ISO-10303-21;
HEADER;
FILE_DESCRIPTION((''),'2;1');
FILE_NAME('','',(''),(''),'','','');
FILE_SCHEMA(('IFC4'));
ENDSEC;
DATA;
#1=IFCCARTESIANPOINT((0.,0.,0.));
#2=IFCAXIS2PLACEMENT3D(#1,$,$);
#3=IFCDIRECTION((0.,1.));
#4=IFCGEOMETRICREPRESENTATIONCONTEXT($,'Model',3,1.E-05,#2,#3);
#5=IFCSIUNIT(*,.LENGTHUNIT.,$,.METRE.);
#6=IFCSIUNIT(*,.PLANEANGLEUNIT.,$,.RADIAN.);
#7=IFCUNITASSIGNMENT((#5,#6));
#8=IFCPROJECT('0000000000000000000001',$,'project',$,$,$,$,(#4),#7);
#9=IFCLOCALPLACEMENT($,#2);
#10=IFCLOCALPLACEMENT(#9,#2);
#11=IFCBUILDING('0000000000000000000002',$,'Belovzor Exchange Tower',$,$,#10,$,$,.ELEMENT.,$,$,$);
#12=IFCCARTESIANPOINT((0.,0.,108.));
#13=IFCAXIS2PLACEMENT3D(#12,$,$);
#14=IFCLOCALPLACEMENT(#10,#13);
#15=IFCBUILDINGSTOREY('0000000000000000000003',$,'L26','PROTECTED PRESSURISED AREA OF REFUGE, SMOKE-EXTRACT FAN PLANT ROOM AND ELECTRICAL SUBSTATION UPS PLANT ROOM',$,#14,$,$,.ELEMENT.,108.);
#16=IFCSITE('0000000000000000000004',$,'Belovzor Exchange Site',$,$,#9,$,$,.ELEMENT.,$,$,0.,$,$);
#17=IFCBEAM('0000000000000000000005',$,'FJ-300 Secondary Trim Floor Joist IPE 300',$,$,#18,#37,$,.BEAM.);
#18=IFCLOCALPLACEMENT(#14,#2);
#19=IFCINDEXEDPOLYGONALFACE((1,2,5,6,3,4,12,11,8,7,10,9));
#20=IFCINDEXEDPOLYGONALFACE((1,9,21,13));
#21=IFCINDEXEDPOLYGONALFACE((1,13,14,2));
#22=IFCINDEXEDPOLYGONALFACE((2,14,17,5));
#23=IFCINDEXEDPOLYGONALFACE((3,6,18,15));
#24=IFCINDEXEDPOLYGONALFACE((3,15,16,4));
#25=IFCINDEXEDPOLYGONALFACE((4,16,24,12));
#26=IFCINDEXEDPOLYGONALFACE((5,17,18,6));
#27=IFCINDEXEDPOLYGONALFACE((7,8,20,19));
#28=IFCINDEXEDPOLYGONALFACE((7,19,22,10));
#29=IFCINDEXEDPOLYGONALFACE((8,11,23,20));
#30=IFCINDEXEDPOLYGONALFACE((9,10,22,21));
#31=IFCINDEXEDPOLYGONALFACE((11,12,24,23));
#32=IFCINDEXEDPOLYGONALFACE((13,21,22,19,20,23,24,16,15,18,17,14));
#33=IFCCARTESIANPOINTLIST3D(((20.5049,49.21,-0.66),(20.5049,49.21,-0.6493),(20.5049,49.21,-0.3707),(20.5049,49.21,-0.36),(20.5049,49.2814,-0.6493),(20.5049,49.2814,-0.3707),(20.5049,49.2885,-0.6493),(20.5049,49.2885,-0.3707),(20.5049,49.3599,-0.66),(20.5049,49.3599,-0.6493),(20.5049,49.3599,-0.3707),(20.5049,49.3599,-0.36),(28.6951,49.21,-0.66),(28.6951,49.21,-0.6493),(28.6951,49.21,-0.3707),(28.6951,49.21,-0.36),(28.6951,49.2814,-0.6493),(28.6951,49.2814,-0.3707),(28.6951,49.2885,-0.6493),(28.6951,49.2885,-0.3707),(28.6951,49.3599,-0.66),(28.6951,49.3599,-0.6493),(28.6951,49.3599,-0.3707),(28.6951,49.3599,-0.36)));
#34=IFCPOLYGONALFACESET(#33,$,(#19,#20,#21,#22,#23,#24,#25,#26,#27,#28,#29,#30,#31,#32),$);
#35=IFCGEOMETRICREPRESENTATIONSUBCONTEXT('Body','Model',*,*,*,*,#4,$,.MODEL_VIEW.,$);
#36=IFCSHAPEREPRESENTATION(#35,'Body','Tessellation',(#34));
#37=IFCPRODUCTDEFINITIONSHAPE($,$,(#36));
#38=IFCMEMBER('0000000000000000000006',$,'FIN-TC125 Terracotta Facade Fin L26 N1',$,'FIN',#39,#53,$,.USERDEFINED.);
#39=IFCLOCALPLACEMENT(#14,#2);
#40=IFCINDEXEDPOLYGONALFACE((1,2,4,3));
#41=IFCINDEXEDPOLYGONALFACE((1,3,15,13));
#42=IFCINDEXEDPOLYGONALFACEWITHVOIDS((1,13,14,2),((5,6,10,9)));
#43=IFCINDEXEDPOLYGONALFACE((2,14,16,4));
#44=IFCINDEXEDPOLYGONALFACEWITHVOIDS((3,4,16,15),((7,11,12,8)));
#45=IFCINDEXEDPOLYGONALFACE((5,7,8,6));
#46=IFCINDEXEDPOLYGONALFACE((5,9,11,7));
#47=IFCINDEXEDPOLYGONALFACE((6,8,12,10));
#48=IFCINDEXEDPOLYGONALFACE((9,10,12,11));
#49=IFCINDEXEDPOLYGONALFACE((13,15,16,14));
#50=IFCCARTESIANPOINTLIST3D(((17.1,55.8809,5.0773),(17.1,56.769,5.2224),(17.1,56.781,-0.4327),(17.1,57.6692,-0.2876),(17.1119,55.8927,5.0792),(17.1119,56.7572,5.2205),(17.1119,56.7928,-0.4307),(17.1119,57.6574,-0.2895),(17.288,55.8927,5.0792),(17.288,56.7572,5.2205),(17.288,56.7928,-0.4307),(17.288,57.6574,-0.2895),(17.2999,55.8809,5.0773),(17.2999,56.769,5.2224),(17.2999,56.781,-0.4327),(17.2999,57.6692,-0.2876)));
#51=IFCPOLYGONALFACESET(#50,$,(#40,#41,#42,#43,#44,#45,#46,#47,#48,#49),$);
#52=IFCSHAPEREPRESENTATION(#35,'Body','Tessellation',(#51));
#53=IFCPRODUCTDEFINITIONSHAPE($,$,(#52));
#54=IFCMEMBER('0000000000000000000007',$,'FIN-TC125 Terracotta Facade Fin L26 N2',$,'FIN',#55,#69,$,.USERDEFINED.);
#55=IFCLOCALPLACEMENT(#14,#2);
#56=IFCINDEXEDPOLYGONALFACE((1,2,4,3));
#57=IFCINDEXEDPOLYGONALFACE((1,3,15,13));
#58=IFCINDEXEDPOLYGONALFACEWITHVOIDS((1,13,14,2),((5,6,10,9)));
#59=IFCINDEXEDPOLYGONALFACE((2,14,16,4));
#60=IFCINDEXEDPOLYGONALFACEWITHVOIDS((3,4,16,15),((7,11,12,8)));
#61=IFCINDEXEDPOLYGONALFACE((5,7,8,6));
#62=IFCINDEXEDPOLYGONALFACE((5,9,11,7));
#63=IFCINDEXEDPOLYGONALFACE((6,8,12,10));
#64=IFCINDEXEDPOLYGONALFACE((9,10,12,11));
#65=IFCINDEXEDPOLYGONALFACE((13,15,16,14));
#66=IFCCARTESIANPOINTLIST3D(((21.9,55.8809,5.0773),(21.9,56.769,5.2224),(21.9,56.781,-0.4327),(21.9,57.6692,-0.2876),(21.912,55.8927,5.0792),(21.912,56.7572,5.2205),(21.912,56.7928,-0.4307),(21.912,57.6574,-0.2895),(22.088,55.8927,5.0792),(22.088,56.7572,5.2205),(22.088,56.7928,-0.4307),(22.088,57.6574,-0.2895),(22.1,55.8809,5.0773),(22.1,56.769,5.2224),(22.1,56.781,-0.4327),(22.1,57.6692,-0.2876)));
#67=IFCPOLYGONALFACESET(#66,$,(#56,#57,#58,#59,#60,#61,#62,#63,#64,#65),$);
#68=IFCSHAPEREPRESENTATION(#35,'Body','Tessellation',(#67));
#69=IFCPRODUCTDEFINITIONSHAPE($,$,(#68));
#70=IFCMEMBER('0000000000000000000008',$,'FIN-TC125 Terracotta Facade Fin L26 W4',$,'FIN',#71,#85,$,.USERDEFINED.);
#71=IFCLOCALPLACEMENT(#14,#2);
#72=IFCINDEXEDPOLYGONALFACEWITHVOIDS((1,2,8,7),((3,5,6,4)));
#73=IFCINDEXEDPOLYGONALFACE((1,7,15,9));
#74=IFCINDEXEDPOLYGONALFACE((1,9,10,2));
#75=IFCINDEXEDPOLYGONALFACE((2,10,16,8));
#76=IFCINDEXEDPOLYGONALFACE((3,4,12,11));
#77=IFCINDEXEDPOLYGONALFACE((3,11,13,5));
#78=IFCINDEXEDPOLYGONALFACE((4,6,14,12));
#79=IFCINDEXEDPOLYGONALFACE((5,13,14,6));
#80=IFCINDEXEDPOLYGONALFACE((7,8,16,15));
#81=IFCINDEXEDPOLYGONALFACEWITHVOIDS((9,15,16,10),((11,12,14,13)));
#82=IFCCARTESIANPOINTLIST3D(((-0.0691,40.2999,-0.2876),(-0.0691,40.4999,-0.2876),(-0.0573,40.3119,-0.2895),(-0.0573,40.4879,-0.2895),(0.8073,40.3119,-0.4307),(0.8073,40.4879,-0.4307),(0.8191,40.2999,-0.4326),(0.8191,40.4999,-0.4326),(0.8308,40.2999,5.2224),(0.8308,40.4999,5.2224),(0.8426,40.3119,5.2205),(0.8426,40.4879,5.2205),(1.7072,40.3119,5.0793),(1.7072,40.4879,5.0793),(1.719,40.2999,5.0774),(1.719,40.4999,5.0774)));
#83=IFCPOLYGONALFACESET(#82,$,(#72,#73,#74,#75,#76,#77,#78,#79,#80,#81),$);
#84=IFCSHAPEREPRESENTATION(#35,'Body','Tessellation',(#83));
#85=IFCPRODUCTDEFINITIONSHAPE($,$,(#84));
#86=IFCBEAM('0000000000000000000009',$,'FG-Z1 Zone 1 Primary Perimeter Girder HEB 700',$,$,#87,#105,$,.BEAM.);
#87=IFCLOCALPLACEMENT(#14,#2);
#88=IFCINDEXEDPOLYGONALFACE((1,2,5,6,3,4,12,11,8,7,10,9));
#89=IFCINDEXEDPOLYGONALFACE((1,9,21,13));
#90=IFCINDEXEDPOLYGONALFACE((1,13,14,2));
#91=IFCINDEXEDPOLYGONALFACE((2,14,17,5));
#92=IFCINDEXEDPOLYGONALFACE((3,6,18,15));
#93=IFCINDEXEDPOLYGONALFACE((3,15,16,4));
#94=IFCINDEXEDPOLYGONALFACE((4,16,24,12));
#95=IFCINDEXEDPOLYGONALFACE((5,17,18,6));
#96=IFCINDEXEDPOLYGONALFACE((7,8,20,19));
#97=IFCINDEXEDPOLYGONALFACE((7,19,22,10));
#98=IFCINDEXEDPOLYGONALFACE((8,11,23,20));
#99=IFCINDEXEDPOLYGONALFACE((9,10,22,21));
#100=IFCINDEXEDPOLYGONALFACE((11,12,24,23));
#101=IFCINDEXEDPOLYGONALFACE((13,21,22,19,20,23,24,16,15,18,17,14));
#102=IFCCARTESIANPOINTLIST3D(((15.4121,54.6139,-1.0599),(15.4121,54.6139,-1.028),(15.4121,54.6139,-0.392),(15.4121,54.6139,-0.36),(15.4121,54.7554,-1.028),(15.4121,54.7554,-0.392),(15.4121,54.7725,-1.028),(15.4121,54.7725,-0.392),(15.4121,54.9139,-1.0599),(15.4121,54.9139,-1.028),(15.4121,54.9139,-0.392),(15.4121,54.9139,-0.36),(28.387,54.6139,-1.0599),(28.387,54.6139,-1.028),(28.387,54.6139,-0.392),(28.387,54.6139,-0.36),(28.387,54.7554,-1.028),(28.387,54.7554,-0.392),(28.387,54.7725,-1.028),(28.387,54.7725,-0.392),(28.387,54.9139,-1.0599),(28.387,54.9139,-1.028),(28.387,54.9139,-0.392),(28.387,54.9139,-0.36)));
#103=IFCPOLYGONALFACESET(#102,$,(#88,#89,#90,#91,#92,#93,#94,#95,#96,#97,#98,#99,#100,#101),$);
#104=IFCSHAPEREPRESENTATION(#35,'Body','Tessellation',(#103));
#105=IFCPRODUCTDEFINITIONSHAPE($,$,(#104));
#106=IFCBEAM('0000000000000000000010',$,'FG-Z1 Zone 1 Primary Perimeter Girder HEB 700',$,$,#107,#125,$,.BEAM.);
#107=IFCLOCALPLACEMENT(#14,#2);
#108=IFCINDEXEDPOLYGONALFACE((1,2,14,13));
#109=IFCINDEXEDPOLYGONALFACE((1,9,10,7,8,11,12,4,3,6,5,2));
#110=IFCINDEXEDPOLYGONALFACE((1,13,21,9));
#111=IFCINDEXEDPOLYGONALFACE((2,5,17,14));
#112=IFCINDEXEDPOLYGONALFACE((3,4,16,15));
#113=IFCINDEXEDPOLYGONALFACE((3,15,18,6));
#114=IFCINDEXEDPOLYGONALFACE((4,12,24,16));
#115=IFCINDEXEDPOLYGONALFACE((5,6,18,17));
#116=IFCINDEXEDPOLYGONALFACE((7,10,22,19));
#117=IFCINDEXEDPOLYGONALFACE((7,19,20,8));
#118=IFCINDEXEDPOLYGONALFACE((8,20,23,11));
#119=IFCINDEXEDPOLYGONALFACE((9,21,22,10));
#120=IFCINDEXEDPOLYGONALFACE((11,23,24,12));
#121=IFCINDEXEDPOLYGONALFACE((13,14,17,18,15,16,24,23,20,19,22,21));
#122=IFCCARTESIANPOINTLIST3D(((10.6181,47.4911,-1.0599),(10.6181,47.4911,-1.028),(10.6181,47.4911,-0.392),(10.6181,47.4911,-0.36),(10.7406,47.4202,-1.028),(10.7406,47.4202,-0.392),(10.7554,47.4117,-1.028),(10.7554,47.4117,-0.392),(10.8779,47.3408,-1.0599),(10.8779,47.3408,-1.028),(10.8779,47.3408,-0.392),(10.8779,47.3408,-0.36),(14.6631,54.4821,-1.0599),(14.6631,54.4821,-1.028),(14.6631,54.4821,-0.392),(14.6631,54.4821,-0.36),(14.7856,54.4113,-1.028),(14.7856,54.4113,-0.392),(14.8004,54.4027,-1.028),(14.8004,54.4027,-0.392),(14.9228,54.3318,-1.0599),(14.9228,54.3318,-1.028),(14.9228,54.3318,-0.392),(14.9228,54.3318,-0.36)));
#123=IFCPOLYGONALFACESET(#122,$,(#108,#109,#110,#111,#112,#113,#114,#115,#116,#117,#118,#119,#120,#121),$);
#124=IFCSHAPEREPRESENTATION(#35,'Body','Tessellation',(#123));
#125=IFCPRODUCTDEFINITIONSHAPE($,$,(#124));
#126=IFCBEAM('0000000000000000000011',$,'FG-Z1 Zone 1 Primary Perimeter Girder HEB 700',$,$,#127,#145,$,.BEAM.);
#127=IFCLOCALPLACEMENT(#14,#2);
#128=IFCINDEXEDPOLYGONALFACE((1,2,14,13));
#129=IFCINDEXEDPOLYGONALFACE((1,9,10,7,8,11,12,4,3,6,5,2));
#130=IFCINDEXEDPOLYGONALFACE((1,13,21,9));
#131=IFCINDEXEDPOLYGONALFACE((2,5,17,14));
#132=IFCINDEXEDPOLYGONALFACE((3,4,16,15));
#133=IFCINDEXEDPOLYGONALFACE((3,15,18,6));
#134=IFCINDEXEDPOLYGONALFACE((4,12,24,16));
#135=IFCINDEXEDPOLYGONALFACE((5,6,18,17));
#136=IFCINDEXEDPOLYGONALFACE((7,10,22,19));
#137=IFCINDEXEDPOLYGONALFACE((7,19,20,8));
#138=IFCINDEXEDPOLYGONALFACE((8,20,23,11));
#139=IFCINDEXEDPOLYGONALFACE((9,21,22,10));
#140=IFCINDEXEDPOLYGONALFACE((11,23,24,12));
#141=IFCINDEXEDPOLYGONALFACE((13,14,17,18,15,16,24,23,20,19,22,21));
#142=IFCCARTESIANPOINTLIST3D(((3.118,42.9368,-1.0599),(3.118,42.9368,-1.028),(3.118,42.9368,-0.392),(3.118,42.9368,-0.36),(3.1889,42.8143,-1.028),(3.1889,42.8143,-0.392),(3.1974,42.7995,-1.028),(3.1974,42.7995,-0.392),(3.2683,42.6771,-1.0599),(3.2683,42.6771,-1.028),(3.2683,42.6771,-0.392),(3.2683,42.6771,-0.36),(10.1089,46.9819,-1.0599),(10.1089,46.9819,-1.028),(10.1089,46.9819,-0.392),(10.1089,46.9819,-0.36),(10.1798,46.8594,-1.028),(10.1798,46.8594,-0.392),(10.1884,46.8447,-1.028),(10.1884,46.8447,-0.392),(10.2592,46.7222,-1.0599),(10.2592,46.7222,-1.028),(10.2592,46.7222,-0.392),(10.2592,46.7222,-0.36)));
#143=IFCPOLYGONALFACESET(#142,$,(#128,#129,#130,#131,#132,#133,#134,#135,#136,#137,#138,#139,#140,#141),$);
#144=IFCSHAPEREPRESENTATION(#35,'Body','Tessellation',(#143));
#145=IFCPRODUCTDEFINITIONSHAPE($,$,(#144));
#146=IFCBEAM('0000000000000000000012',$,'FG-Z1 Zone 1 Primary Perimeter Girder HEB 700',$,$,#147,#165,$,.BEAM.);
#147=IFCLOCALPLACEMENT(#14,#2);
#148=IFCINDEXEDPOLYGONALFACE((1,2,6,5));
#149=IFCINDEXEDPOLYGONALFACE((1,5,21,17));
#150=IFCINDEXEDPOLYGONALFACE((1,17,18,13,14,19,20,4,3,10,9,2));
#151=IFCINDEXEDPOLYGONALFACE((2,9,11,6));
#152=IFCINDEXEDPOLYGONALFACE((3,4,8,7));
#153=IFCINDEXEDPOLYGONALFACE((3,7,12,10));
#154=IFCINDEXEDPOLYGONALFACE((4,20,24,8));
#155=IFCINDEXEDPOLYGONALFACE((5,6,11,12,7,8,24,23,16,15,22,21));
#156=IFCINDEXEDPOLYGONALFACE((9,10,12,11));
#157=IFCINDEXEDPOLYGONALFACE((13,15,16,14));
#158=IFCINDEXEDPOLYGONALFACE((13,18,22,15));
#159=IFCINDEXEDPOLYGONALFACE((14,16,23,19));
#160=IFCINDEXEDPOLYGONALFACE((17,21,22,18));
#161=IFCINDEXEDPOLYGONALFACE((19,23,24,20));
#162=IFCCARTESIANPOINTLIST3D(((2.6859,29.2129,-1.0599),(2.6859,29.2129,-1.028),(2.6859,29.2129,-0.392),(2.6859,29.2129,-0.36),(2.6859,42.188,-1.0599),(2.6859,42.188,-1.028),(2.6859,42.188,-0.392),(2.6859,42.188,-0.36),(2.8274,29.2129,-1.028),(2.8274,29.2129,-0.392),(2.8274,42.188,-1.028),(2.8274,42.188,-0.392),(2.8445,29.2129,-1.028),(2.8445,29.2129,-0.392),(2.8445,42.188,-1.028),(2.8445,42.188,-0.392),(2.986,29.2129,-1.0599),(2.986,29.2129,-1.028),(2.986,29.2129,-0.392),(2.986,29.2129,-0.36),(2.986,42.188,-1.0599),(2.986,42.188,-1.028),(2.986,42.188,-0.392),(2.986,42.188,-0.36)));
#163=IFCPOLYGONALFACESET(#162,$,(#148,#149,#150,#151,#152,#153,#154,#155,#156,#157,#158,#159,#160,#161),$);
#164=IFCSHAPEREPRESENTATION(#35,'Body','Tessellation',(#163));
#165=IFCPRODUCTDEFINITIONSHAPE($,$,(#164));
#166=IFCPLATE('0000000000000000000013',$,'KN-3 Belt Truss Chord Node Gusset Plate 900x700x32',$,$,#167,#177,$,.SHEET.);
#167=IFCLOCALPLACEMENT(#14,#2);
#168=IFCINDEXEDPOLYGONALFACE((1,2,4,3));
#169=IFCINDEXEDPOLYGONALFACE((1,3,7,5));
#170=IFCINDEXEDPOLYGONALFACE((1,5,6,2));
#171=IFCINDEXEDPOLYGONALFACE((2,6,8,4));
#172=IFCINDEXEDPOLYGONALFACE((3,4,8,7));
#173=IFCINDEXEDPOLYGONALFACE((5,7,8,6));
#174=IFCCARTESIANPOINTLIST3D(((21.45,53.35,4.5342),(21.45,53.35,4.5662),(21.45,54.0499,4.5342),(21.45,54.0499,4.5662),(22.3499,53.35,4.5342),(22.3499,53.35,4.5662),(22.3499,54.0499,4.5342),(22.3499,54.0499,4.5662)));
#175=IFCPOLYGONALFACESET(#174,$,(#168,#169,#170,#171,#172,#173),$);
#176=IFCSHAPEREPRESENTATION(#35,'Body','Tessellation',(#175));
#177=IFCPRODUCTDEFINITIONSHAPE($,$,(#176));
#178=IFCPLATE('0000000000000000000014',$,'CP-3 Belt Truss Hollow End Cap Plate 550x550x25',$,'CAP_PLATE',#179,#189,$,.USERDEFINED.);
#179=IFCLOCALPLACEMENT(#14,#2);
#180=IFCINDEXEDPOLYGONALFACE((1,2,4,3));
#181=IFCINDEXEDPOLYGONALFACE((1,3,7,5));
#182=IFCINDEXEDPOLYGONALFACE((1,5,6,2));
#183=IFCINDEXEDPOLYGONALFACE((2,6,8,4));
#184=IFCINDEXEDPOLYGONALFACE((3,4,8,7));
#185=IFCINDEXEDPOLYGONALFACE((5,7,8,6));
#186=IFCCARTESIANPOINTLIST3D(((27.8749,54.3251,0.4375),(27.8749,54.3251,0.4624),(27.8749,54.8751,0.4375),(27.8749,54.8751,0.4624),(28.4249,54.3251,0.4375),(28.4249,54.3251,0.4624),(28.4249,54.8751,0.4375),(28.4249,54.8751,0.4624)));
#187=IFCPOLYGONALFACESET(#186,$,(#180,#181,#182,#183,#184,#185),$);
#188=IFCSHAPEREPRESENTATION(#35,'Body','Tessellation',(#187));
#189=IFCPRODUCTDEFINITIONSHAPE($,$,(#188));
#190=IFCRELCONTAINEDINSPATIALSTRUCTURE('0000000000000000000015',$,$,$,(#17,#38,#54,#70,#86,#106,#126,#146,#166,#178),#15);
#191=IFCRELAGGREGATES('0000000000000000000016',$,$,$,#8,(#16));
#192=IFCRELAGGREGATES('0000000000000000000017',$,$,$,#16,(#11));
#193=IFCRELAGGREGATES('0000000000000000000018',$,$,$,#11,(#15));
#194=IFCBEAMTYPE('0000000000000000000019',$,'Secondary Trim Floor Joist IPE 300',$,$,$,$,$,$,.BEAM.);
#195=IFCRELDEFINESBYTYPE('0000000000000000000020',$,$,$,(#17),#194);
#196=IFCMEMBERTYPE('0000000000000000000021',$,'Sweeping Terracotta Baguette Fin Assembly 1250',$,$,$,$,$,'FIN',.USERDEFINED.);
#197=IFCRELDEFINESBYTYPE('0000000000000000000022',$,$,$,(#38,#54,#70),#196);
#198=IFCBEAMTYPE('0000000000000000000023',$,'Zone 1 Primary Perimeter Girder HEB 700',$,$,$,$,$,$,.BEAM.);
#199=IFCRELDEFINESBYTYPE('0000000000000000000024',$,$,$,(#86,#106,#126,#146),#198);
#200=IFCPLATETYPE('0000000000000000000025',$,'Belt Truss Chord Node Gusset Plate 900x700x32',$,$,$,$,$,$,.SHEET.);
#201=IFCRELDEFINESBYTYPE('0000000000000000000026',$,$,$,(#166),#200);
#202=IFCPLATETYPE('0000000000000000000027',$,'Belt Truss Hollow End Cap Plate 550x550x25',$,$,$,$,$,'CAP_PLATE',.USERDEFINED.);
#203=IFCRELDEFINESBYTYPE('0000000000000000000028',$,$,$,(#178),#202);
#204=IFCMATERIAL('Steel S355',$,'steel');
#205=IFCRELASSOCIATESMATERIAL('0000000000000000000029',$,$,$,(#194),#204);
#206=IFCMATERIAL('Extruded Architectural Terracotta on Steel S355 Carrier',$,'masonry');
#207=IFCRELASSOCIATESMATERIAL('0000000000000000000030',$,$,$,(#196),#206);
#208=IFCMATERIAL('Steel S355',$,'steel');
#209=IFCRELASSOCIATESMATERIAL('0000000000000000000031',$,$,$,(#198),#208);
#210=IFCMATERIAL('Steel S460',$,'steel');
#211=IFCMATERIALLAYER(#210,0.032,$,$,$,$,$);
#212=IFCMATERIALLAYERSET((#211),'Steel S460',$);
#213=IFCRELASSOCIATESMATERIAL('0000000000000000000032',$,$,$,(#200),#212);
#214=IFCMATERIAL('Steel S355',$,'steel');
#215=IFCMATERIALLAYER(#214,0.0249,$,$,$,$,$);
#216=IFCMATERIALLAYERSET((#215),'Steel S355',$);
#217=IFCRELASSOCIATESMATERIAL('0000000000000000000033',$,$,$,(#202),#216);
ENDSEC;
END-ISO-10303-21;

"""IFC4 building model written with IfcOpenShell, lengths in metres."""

from ifc_helpers import new_model, si_unit, direction, frame, origin, origin_2d, place, context, subcontext, project, spatial, rectangle, hollow_rectangle, i_section, extrude, material, layer, layer_set, material_profile, profile_set, type_object, element, save


model = new_model("IFC4")

# Units and contexts
model_context = context("Model", 3, precision=1e-05, world=origin(), true_north=direction((0.0, 1.0)))
body_context = subcontext(model_context, "Body", "Model", "MODEL_VIEW")
ifc_project = project(units=[si_unit("LENGTHUNIT", "METRE"), si_unit("PLANEANGLEUNIT", "RADIAN")], contexts=[model_context])

# Site, building, storey
site_placement = place(None, origin())
site = spatial("IfcSite", under=ifc_project, at=site_placement, Name="Belovzor Exchange Site", CompositionType="ELEMENT", RefElevation=0.0)
building_placement = place(site_placement, origin())
building = spatial("IfcBuilding", under=site, at=building_placement, Name="Belovzor Exchange Tower", CompositionType="ELEMENT")
storey_placement = place(building_placement, frame((0.0, 0.0, 108.0)))
storey = spatial("IfcBuildingStorey", under=building, at=storey_placement, Name="L26", Description="PROTECTED PRESSURISED AREA OF REFUGE, SMOKE-EXTRACT FAN PLANT ROOM AND ELECTRICAL SUBSTATION UPS PLANT ROOM", CompositionType="ELEMENT", Elevation=108.0)

# Beam
ifc_material_1 = material(Name="Steel S355", Category="steel")
ifc_material_profile_1 = material_profile(ifc_material_1, i_section(OverallWidth=0.1499, OverallDepth=0.3, WebThickness=0.0071, FlangeThickness=0.0107, at=origin_2d()))
ifc_profile_set_1 = profile_set([ifc_material_profile_1], Name="Steel S355")
beam_type_1 = type_object("IfcBeamType", Name="Secondary Trim Floor Joist IPE 300", PredefinedType="BEAM", material=ifc_profile_set_1)
beam_1_placement = place(storey_placement, frame((20.5049, 49.2849, -0.51), z_axis=(1.0, 0.0, 0.0), x_axis=(0.0, 1.0, 0.0)))
element("IfcBeam", 1, at=beam_1_placement, inside=storey, type_object=beam_type_1, Name="FJ-300 Secondary Trim Floor Joist IPE 300", PredefinedType="BEAM", context=body_context, shape_type="SweptSolid", body=[
    extrude(i_section(OverallWidth=0.1499, OverallDepth=0.3, WebThickness=0.0071, FlangeThickness=0.0107, at=origin_2d()), origin(), (0.0, 0.0, 1.0), 8.1902),
])

# Members
ifc_material_2 = material(Name="Extruded Architectural Terracotta on Steel S355 Carrier", Category="masonry")
ifc_material_profile_2 = material_profile(ifc_material_2, hollow_rectangle(XDim=0.2, YDim=0.8999, WallThickness=0.012, at=origin_2d()))
ifc_profile_set_2 = profile_set([ifc_material_profile_2], Name="Extruded Architectural Terracotta on Steel S355 Carrier")
member_type_1 = type_object("IfcMemberType", Name="Sweeping Terracotta Baguette Fin Assembly 1250", ElementType="FIN", PredefinedType="USERDEFINED", material=ifc_profile_set_2)
for number, where, z_axis, x_axis, name in (
    (2, (17.2, 57.2251, -0.3601), (0.0, -0.161228, 0.986917), (1.0, 0.0, 0.0), "FIN-TC125 Terracotta Facade Fin L26 N1"),
    (3, (22.0, 57.2251, -0.3601), (0.0, -0.161228, 0.986917), (1.0, 0.0, 0.0), "FIN-TC125 Terracotta Facade Fin L26 N2"),
    (4, (0.375, 40.3999, -0.3601), (0.161186, 0.0, 0.986924), (0.0, 1.0, 0.0), "FIN-TC125 Terracotta Facade Fin L26 W4"),
):
    element("IfcMember", number, at=place(storey_placement, frame(where, z_axis=z_axis, x_axis=x_axis)), inside=storey, type_object=member_type_1, Name=name, ObjectType="FIN", PredefinedType="USERDEFINED", context=body_context, shape_type="SweptSolid", body=[
        extrude(hollow_rectangle(XDim=0.2, YDim=0.8999, WallThickness=0.012, at=origin_2d()), origin(), (0.0, 0.0, 1.0), 5.583),
    ])

# Beams
ifc_material_3 = material(Name="Steel S355", Category="steel")
ifc_material_profile_3 = material_profile(ifc_material_3, i_section(OverallWidth=0.3, OverallDepth=0.7, WebThickness=0.0171, FlangeThickness=0.032, at=origin_2d()))
ifc_profile_set_3 = profile_set([ifc_material_profile_3], Name="Steel S355")
beam_type_2 = type_object("IfcBeamType", Name="Zone 1 Primary Perimeter Girder HEB 700", PredefinedType="BEAM", material=ifc_profile_set_3)
beam_2_placement = place(storey_placement, frame((28.387, 54.7639, -0.71), z_axis=(-1.0, 0.0, 0.0), x_axis=(0.0, -1.0, 0.0)))
element("IfcBeam", 5, at=beam_2_placement, inside=storey, type_object=beam_type_2, Name="FG-Z1 Zone 1 Primary Perimeter Girder HEB 700", PredefinedType="BEAM", context=body_context, shape_type="SweptSolid", body=[
    extrude(i_section(OverallWidth=0.3, OverallDepth=0.7, WebThickness=0.0171, FlangeThickness=0.032, at=origin_2d()), origin(), (0.0, 0.0, 1.0), 12.9749),
])
for number, where, z_axis, x_axis, name in (
    (6, (14.793, 54.407, -0.71), (-0.500806, -0.865559, 0.0), (0.865559, -0.500806, 0.0), "FG-Z1 Zone 1 Primary Perimeter Girder HEB 700"),
    (7, (10.1841, 46.8521, -0.71), (-0.865546, -0.500829, 0.0), (0.500829, -0.865546, 0.0), "FG-Z1 Zone 1 Primary Perimeter Girder HEB 700"),
):
    element("IfcBeam", number, at=place(storey_placement, frame(where, z_axis=z_axis, x_axis=x_axis)), inside=storey, type_object=beam_type_2, Name=name, PredefinedType="BEAM", context=body_context, shape_type="SweptSolid", body=[
        extrude(i_section(OverallWidth=0.3, OverallDepth=0.7, WebThickness=0.0171, FlangeThickness=0.032, at=origin_2d()), origin(), (0.0, 0.0, 1.0), 8.0769),
    ])
beam_3_placement = place(storey_placement, frame((2.8359, 42.188, -0.71), z_axis=(0.0, -1.0, 0.0), x_axis=(1.0, 0.0, 0.0)))
element("IfcBeam", 8, at=beam_3_placement, inside=storey, type_object=beam_type_2, Name="FG-Z1 Zone 1 Primary Perimeter Girder HEB 700", PredefinedType="BEAM", context=body_context, shape_type="SweptSolid", body=[
    extrude(i_section(OverallWidth=0.3, OverallDepth=0.7, WebThickness=0.0171, FlangeThickness=0.032, at=origin_2d()), origin(), (0.0, 0.0, 1.0), 12.9751),
])

# Plates
ifc_material_4 = material(Name="Steel S460", Category="steel")
ifc_layer_1 = layer(ifc_material_4, 0.032)
ifc_layer_set_1 = layer_set([ifc_layer_1], Name="Steel S460")
plate_type_1 = type_object("IfcPlateType", Name="Belt Truss Chord Node Gusset Plate 900x700x32", PredefinedType="SHEET", material=ifc_layer_set_1)
plate_placement = place(storey_placement, frame((21.8999, 53.7, 4.5342), z_axis=(0.0, 0.0, 1.0), x_axis=(1.0, 0.0, 0.0)))
element("IfcPlate", 9, at=plate_placement, inside=storey, type_object=plate_type_1, Name="KN-3 Belt Truss Chord Node Gusset Plate 900x700x32", PredefinedType="SHEET", context=body_context, shape_type="SweptSolid", body=[
    extrude(rectangle(XDim=0.8999, YDim=0.7, at=origin_2d()), origin(), (0.0, 0.0, 1.0), 0.032),
])
ifc_material_5 = material(Name="Steel S355", Category="steel")
ifc_layer_2 = layer(ifc_material_5, 0.0249)
ifc_layer_set_2 = layer_set([ifc_layer_2], Name="Steel S355")
plate_type_2 = type_object("IfcPlateType", Name="Belt Truss Hollow End Cap Plate 550x550x25", ElementType="CAP_PLATE", PredefinedType="USERDEFINED", material=ifc_layer_set_2)
for number, where, z_axis, x_axis, name in (
    (10, (28.1499, 54.6001, 0.4375), (0.0, 0.0, 1.0), (1.0, 0.0, 0.0), "CP-3 Belt Truss Hollow End Cap Plate 550x550x25"),
):
    element("IfcPlate", number, at=place(storey_placement, frame(where, z_axis=z_axis, x_axis=x_axis)), inside=storey, type_object=plate_type_2, Name=name, ObjectType="CAP_PLATE", PredefinedType="USERDEFINED", context=body_context, shape_type="SweptSolid", body=[
        extrude(rectangle(XDim=0.55, YDim=0.55, at=origin_2d()), origin(), (0.0, 0.0, 1.0), 0.0249),
    ])

save(model, "model.ifc")
